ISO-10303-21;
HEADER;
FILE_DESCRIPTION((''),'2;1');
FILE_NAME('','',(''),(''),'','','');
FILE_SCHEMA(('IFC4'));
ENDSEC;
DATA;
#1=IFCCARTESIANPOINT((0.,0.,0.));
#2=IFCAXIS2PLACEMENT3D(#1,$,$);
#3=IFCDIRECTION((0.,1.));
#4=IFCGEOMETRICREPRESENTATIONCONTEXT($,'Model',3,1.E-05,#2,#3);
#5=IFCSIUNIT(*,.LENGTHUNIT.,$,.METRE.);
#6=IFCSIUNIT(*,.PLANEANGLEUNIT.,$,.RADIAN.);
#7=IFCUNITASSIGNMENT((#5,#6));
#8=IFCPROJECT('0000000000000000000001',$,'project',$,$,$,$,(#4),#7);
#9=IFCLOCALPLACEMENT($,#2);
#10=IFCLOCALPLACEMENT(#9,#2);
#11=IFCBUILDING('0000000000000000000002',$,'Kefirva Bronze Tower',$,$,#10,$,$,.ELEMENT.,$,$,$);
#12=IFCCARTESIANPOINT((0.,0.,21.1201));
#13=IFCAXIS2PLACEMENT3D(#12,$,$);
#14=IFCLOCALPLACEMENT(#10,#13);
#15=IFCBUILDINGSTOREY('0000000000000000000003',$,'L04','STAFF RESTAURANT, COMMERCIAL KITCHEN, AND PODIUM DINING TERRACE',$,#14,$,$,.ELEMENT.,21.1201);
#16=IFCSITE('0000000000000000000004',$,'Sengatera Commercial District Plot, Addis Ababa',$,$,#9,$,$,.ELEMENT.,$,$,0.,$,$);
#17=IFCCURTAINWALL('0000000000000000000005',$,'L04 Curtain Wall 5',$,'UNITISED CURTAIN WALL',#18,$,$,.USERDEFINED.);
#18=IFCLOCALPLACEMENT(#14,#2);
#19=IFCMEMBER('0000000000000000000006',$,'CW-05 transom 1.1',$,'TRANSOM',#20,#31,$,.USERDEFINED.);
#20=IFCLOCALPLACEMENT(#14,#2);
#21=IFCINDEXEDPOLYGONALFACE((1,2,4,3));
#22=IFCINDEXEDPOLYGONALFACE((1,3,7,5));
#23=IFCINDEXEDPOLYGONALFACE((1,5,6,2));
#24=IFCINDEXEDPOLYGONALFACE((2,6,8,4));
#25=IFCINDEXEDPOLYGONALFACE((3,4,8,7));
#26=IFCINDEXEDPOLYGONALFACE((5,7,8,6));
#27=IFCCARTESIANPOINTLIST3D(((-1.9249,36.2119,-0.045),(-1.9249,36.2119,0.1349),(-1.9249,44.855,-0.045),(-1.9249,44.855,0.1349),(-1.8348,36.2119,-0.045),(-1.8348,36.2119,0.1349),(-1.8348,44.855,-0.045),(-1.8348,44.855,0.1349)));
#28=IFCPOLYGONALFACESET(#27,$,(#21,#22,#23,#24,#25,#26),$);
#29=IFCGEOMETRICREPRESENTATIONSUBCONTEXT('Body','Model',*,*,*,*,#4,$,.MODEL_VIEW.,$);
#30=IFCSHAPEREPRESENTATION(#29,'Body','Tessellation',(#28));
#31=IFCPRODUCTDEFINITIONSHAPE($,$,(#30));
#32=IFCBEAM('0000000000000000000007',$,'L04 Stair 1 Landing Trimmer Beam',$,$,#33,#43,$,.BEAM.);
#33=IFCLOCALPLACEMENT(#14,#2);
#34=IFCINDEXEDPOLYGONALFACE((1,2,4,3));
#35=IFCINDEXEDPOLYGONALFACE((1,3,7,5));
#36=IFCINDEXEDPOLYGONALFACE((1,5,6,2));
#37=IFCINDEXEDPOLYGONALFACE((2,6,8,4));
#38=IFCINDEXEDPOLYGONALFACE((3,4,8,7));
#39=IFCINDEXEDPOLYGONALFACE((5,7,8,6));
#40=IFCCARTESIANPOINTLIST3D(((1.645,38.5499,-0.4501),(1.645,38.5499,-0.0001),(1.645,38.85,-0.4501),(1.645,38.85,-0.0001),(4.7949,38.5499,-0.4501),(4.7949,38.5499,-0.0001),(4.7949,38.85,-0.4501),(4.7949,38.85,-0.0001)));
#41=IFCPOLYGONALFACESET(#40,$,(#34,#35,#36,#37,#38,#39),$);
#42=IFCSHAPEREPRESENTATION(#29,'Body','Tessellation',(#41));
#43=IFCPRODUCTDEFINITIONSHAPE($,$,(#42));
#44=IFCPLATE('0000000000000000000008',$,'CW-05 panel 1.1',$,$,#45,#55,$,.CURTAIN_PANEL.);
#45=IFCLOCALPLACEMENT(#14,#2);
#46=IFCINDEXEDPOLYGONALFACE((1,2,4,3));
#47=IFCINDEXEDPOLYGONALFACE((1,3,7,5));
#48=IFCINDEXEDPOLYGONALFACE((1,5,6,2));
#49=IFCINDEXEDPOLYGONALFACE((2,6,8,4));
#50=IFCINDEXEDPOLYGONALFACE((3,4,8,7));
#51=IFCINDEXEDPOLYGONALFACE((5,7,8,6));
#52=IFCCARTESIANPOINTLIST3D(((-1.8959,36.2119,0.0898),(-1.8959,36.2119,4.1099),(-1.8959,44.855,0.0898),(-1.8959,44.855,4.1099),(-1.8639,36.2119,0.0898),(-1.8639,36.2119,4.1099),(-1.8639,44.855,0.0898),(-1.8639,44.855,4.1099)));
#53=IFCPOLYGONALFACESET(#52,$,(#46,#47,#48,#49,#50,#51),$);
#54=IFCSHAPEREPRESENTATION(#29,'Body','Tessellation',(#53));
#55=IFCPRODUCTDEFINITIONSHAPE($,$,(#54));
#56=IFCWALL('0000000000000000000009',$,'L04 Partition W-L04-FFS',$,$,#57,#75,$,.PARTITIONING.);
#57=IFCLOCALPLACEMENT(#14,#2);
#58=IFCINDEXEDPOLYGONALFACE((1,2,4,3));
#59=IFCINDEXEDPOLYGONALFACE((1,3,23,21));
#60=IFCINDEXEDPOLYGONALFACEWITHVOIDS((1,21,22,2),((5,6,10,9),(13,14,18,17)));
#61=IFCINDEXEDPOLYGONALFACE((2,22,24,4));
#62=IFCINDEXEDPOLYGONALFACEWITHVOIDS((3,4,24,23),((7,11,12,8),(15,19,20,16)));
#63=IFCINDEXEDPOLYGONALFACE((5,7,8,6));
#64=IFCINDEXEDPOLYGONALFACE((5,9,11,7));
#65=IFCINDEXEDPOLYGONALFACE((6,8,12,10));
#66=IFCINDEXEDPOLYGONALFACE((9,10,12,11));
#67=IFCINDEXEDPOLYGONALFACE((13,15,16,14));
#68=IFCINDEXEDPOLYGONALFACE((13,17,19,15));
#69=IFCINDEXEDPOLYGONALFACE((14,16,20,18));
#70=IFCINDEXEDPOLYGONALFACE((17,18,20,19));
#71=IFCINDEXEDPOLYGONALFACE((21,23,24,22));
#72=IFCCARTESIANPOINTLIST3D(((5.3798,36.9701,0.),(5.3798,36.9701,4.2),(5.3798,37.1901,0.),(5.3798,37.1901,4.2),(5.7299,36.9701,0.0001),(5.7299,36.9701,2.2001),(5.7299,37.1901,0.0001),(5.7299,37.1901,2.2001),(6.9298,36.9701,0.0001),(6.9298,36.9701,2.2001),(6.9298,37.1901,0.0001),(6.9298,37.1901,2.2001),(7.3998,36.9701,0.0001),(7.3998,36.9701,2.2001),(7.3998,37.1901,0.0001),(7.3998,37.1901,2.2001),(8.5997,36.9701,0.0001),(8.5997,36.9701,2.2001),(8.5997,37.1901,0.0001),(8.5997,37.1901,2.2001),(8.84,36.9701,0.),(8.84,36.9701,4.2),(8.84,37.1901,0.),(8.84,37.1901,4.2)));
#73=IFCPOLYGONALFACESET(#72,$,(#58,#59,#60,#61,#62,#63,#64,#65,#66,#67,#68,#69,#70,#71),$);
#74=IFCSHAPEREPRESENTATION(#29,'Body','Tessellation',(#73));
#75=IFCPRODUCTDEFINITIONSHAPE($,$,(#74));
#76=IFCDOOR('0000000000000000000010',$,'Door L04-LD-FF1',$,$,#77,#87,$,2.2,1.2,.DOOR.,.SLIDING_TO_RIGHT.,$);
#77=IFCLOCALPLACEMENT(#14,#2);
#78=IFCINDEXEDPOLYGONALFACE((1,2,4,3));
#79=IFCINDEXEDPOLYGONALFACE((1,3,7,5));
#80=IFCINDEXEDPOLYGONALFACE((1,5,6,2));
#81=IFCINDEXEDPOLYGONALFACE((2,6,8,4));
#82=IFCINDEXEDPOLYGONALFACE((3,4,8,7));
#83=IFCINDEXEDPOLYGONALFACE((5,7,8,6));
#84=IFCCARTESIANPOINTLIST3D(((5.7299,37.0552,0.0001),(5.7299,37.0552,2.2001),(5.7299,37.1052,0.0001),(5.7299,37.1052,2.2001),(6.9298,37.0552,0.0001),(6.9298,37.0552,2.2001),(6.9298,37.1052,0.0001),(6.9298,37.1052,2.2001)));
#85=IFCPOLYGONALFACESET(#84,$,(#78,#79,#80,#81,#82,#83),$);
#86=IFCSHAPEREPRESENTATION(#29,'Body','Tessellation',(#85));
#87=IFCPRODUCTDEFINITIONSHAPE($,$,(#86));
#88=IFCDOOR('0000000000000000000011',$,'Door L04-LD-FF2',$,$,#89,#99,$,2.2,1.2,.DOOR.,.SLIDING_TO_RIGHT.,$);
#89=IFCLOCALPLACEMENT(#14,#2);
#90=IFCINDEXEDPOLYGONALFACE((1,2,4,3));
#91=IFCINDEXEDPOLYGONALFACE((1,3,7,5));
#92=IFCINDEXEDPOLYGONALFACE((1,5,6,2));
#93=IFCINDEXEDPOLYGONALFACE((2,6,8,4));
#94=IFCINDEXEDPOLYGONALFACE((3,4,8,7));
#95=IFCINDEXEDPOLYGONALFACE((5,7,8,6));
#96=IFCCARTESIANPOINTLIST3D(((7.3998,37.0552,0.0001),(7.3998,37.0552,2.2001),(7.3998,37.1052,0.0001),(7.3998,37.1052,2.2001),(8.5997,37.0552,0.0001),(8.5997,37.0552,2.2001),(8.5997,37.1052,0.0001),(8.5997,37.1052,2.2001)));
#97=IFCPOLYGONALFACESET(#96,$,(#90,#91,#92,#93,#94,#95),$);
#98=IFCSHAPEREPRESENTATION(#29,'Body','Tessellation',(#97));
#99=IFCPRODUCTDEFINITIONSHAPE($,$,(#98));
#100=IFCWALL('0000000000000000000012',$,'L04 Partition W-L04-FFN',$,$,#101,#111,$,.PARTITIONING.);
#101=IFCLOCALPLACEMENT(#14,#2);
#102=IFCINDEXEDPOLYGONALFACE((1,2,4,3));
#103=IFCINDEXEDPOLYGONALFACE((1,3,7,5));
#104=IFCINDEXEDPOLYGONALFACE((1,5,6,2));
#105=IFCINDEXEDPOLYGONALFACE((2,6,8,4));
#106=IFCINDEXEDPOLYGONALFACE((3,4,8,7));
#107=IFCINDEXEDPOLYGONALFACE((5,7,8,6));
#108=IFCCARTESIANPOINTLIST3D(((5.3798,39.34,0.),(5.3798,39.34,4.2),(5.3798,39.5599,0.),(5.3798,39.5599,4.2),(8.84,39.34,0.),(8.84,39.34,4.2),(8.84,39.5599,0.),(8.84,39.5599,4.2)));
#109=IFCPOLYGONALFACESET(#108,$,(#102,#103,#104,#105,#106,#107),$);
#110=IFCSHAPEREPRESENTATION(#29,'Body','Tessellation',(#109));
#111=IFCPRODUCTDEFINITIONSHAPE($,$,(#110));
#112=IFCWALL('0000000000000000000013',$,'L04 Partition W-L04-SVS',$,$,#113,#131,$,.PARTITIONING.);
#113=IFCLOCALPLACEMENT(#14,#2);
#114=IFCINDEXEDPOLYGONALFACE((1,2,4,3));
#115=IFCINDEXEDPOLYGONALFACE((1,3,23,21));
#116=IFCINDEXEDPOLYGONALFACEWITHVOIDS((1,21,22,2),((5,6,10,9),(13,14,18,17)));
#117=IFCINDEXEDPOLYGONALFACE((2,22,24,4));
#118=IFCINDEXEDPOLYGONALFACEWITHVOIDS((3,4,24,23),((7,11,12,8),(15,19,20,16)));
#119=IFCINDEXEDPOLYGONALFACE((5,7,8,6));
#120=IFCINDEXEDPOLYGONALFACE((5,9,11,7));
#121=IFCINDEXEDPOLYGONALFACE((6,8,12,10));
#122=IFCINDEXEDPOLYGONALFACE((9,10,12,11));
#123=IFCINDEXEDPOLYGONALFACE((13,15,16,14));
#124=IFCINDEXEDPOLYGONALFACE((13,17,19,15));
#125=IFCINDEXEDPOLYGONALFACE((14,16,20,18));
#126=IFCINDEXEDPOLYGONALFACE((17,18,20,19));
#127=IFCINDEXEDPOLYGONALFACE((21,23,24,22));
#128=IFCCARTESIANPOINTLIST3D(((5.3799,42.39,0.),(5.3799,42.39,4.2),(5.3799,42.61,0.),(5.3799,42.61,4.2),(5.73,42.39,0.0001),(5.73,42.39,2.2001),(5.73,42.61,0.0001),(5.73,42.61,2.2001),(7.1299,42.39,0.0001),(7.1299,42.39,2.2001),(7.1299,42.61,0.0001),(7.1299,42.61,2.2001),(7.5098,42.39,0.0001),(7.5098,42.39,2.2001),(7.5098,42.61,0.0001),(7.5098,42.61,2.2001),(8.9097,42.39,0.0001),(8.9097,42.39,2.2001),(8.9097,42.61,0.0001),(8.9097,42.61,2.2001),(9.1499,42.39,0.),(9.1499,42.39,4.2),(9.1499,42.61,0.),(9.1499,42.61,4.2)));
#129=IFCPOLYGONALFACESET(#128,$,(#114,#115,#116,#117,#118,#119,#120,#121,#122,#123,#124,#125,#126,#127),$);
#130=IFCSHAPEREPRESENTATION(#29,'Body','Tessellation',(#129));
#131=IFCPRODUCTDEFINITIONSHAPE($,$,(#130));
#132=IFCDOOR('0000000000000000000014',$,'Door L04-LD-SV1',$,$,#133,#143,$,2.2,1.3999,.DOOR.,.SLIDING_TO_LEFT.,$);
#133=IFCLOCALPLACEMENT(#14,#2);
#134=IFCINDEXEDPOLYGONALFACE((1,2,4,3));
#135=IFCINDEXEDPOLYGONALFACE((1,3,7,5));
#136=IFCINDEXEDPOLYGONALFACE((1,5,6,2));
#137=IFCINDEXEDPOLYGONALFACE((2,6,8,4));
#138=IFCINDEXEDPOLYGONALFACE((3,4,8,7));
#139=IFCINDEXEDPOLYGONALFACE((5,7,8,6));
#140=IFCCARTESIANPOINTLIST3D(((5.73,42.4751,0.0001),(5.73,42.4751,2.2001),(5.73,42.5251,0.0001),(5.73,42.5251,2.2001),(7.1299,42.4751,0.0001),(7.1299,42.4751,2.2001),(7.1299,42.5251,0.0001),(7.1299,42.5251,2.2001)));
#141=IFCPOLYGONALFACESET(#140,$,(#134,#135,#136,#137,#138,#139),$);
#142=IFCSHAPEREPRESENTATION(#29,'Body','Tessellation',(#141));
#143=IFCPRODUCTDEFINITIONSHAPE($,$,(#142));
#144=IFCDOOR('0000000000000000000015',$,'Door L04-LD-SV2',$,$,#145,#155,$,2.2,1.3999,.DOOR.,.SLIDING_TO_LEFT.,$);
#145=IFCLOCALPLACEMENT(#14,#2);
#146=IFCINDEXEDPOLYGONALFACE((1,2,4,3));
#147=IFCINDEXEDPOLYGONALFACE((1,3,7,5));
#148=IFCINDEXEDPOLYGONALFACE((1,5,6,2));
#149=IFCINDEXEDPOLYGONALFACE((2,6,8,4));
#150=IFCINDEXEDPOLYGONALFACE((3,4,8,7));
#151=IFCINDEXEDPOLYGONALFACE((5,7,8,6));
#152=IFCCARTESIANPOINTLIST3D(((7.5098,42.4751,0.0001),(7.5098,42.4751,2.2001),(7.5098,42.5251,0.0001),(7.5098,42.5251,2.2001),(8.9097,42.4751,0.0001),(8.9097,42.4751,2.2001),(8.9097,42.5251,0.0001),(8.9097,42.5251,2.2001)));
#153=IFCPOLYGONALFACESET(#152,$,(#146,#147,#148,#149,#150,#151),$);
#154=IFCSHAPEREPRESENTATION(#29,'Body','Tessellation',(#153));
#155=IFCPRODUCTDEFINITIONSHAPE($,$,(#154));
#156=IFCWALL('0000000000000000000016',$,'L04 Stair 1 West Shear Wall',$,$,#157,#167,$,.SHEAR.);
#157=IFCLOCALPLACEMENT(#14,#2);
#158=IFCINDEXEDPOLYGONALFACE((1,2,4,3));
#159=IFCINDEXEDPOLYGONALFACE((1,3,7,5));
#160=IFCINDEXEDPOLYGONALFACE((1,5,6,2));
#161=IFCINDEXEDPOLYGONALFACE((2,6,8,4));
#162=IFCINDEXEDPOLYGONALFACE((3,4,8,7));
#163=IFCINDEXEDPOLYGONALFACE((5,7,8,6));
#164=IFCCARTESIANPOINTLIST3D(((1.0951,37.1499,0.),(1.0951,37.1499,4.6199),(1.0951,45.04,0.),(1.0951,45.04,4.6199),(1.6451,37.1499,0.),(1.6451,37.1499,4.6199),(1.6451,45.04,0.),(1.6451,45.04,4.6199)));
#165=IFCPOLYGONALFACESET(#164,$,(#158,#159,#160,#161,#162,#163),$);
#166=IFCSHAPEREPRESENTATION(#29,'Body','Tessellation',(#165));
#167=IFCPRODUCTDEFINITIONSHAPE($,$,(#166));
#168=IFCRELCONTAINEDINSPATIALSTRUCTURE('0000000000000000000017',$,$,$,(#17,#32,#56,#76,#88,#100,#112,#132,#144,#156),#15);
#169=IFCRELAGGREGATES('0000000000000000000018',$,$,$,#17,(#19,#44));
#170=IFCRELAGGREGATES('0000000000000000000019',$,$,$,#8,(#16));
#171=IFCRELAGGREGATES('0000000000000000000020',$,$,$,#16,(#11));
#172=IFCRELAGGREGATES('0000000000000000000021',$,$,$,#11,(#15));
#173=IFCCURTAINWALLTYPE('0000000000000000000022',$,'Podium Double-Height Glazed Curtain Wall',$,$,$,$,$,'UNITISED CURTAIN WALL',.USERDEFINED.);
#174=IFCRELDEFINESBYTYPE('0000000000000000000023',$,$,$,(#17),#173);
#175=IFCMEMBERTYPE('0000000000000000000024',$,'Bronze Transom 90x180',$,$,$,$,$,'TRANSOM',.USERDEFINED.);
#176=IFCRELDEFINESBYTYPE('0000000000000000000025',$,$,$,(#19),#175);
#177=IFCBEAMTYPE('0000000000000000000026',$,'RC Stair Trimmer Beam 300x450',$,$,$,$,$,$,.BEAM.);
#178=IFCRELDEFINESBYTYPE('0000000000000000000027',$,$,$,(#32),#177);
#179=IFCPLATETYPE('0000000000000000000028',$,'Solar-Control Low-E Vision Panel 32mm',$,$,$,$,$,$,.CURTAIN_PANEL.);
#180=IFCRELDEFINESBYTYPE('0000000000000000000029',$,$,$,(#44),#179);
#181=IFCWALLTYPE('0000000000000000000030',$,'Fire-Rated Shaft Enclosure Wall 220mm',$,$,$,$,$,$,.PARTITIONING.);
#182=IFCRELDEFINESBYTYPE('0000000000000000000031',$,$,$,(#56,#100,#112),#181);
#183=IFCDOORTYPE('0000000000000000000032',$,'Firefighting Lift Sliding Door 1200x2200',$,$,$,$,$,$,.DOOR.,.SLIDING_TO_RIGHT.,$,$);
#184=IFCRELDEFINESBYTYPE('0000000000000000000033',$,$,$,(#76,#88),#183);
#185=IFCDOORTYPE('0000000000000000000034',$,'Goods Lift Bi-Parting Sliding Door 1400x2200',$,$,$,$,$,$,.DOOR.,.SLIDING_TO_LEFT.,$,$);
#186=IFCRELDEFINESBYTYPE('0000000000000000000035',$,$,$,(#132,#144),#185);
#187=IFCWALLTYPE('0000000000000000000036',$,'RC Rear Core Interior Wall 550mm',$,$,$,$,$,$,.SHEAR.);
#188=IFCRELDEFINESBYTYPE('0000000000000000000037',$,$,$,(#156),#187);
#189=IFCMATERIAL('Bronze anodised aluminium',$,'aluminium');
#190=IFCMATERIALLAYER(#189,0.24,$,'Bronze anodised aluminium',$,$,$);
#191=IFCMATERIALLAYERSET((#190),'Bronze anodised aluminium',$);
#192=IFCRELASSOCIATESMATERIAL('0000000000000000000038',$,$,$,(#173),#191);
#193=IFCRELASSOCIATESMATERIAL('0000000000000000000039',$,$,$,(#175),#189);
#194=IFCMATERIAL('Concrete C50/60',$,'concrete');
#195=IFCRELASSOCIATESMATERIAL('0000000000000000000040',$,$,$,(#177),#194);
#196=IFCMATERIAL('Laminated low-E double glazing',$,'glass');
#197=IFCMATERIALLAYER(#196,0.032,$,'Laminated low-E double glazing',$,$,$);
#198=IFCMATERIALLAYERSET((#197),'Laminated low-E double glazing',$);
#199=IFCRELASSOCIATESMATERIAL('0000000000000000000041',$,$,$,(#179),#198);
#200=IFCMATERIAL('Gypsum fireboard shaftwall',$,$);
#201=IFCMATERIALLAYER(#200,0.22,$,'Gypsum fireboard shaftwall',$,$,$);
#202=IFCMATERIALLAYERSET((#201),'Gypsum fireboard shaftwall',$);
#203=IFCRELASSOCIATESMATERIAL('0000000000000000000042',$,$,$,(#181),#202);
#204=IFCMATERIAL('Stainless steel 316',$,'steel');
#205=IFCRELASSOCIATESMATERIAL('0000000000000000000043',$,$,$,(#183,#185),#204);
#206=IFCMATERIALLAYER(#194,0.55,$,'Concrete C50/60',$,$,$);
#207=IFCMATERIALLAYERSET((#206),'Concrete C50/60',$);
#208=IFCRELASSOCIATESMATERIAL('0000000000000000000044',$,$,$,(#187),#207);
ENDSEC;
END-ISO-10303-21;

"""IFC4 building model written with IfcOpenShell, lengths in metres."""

from ifc_helpers import new_model, si_unit, direction, frame, frame_2d, origin, origin_2d, place, context, subcontext, project, spatial, rectangle, extrude, material, layer, layer_set, material_profile, profile_set, type_object, element, fill, aggregate, save


model = new_model("IFC4")

# Units and contexts
model_context = context("Model", 3, precision=1e-05, world=origin(), true_north=direction((0.0, 1.0)))
body_context = subcontext(model_context, "Body", "Model", "MODEL_VIEW")
ifc_project = project(units=[si_unit("LENGTHUNIT", "METRE"), si_unit("PLANEANGLEUNIT", "RADIAN")], contexts=[model_context])

# Site, building, storey
site_placement = place(None, origin())
site = spatial("IfcSite", under=ifc_project, at=site_placement, Name="Sengatera Commercial District Plot, Addis Ababa", CompositionType="ELEMENT", RefElevation=0.0)
building_placement = place(site_placement, origin())
building = spatial("IfcBuilding", under=site, at=building_placement, Name="Kefirva Bronze Tower", CompositionType="ELEMENT")
storey_placement = place(building_placement, frame((0.0, 0.0, 21.1201)))
storey = spatial("IfcBuildingStorey", under=building, at=storey_placement, Name="L04", Description="STAFF RESTAURANT, COMMERCIAL KITCHEN, AND PODIUM DINING TERRACE", CompositionType="ELEMENT", Elevation=21.1201)

# Curtain wall, member
ifc_material_1 = material(Name="Bronze anodised aluminium", Category="aluminium")
ifc_layer_1 = layer(ifc_material_1, 0.24, Name="Bronze anodised aluminium")
ifc_layer_set_1 = layer_set([ifc_layer_1], Name="Bronze anodised aluminium")
curtain_wall_type = type_object("IfcCurtainWallType", Name="Podium Double-Height Glazed Curtain Wall", ElementType="UNITISED CURTAIN WALL", PredefinedType="USERDEFINED", material=ifc_layer_set_1)
curtain_wall_placement = place(storey_placement, origin())
curtain_wall = element("IfcCurtainWall", 1, at=curtain_wall_placement, inside=storey, type_object=curtain_wall_type, Name="L04 Curtain Wall 5", ObjectType="UNITISED CURTAIN WALL", PredefinedType="USERDEFINED")
ifc_material_profile_1 = material_profile(ifc_material_1, rectangle(XDim=0.0901, YDim=0.1799, at=origin_2d()), Name="ALU 90x180")
ifc_profile_set_1 = profile_set([ifc_material_profile_1], Name="Bronze anodised aluminium")
member_type = type_object("IfcMemberType", Name="Bronze Transom 90x180", ElementType="TRANSOM", PredefinedType="USERDEFINED", material=ifc_profile_set_1)
member_placement = place(storey_placement, frame((-1.8799, 44.855, 0.0449), z_axis=(0.0, -1.0, 0.0), x_axis=(1.0, 0.0, 0.0)))
member = element("IfcMember", 2, at=member_placement, type_object=member_type, Name="CW-05 transom 1.1", ObjectType="TRANSOM", PredefinedType="USERDEFINED", context=body_context, shape_type="SweptSolid", body=[
    extrude(rectangle(XDim=0.0901, YDim=0.1799, at=origin_2d()), origin(), (0.0, 0.0, 1.0), 8.6431),
])

# Beam
ifc_material_2 = material(Name="Concrete C50/60", Category="concrete")
ifc_material_profile_2 = material_profile(ifc_material_2, rectangle(XDim=0.3, YDim=0.45, at=origin_2d()), Name="RC 300x450")
ifc_profile_set_2 = profile_set([ifc_material_profile_2], Name="Concrete C50/60")
beam_type = type_object("IfcBeamType", Name="RC Stair Trimmer Beam 300x450", PredefinedType="BEAM", material=ifc_profile_set_2)
beam_placement = place(storey_placement, frame((1.645, 38.7, -0.2251), z_axis=(1.0, 0.0, 0.0), x_axis=(0.0, 1.0, 0.0)))
element("IfcBeam", 3, at=beam_placement, inside=storey, type_object=beam_type, Name="L04 Stair 1 Landing Trimmer Beam", PredefinedType="BEAM", context=body_context, shape_type="SweptSolid", body=[
    extrude(rectangle(XDim=0.3, YDim=0.45, at=origin_2d()), origin(), (0.0, 0.0, 1.0), 3.1499),
])

# Plate
ifc_material_3 = material(Name="Laminated low-E double glazing", Category="glass")
ifc_layer_2 = layer(ifc_material_3, 0.032, Name="Laminated low-E double glazing")
ifc_layer_set_2 = layer_set([ifc_layer_2], Name="Laminated low-E double glazing")
plate_type = type_object("IfcPlateType", Name="Solar-Control Low-E Vision Panel 32mm", PredefinedType="CURTAIN_PANEL", material=ifc_layer_set_2)
plate_placement = place(storey_placement, frame((-1.8799, 40.5334, 0.0898), z_axis=(0.0, 0.0, 1.0), x_axis=(0.0, -1.0, 0.0)))
plate = element("IfcPlate", 4, at=plate_placement, type_object=plate_type, Name="CW-05 panel 1.1", PredefinedType="CURTAIN_PANEL", context=body_context, shape_type="SweptSolid", body=[
    extrude(rectangle(XDim=8.6431, YDim=0.032, at=origin_2d()), origin(), (0.0, 0.0, 1.0), 4.02),
])
aggregate(curtain_wall, [member, plate])

# Shared definitions
ifc_material_4 = material(Name="Gypsum fireboard shaftwall")
ifc_layer_3 = layer(ifc_material_4, 0.22, Name="Gypsum fireboard shaftwall")
ifc_layer_set_3 = layer_set([ifc_layer_3], Name="Gypsum fireboard shaftwall")
wall_type_1 = type_object("IfcWallType", Name="Fire-Rated Shaft Enclosure Wall 220mm", PredefinedType="PARTITIONING", material=ifc_layer_set_3)

# Wall, openings, doors
wall_1_placement = place(storey_placement, frame((5.3799, 37.0801, 0.0), z_axis=(0.0, 0.0, 1.0), x_axis=(1.0, 0.0, 0.0)))
wall_1 = element("IfcWall", 5, at=wall_1_placement, inside=storey, type_object=wall_type_1, Name="L04 Partition W-L04-FFS", PredefinedType="PARTITIONING", context=body_context, shape_type="SweptSolid", body=[
    extrude(rectangle(XDim=3.4602, YDim=0.22, at=frame_2d((1.73, 0.0))), origin(), (0.0, 0.0, 1.0), 4.2),
])
opening_1_placement = place(wall_1_placement, frame((1.55, 0.0, 0.0), z_axis=(0.0, 0.0, 1.0), x_axis=(-1.0, 0.0, 0.0)))
opening_1 = element("IfcOpeningElement", 6, at=opening_1_placement, cuts=wall_1, PredefinedType="OPENING", context=body_context, shape_type="SweptSolid", body=[
    extrude(rectangle(XDim=1.2, YDim=2.2, at=frame_2d((0.6001, 1.1001))), frame((0.0, 0.1201, 0.0), z_axis=(0.0, -1.0, 0.0), x_axis=(1.0, 0.0, 0.0)), (0.0, 0.0, 1.0), 0.24),
])
opening_2_placement = place(wall_1_placement, frame((3.22, 0.0, 0.0), z_axis=(0.0, 0.0, 1.0), x_axis=(-1.0, 0.0, 0.0)))
opening_2 = element("IfcOpeningElement", 7, at=opening_2_placement, cuts=wall_1, PredefinedType="OPENING", context=body_context, shape_type="SweptSolid", body=[
    extrude(rectangle(XDim=1.2, YDim=2.2, at=frame_2d((0.6001, 1.1001))), frame((0.0, 0.1201, 0.0), z_axis=(0.0, -1.0, 0.0), x_axis=(1.0, 0.0, 0.0)), (0.0, 0.0, 1.0), 0.24),
])
ifc_material_5 = material(Name="Stainless steel 316", Category="steel")
door_type_1 = type_object("IfcDoorType", Name="Firefighting Lift Sliding Door 1200x2200", OperationType="SLIDING_TO_RIGHT", PredefinedType="DOOR", material=ifc_material_5)
door_1_placement = place(opening_1_placement, origin())
door_1 = element("IfcDoor", 8, at=door_1_placement, inside=storey, type_object=door_type_1, Name="Door L04-LD-FF1", OperationType="SLIDING_TO_RIGHT", OverallHeight=2.2, OverallWidth=1.2, PredefinedType="DOOR", context=body_context, shape_type="SweptSolid", body=[
    extrude(rectangle(XDim=1.2, YDim=2.2, at=frame_2d((0.6001, 1.1001))), frame((0.0, 0.0249, 0.0), z_axis=(0.0, -1.0, 0.0), x_axis=(1.0, 0.0, 0.0)), (0.0, 0.0, 1.0), 0.05),
])
fill(opening_1, door_1)
door_2_placement = place(opening_2_placement, origin())
door_2 = element("IfcDoor", 9, at=door_2_placement, inside=storey, type_object=door_type_1, Name="Door L04-LD-FF2", OperationType="SLIDING_TO_RIGHT", OverallHeight=2.2, OverallWidth=1.2, PredefinedType="DOOR", context=body_context, shape_type="SweptSolid", body=[
    extrude(rectangle(XDim=1.2, YDim=2.2, at=frame_2d((0.6001, 1.1001))), frame((0.0, 0.0249, 0.0), z_axis=(0.0, -1.0, 0.0), x_axis=(1.0, 0.0, 0.0)), (0.0, 0.0, 1.0), 0.05),
])
fill(opening_2, door_2)

# Wall
wall_2_placement = place(storey_placement, frame((5.3799, 39.45, 0.0), z_axis=(0.0, 0.0, 1.0), x_axis=(1.0, 0.0, 0.0)))
element("IfcWall", 10, at=wall_2_placement, inside=storey, type_object=wall_type_1, Name="L04 Partition W-L04-FFN", PredefinedType="PARTITIONING", context=body_context, shape_type="SweptSolid", body=[
    extrude(rectangle(XDim=3.4602, YDim=0.22, at=frame_2d((1.73, 0.0))), origin(), (0.0, 0.0, 1.0), 4.2),
])

# Wall, openings, doors
wall_3_placement = place(storey_placement, frame((5.3799, 42.5, 0.0), z_axis=(0.0, 0.0, 1.0), x_axis=(1.0, 0.0, 0.0)))
wall_3 = element("IfcWall", 11, at=wall_3_placement, inside=storey, type_object=wall_type_1, Name="L04 Partition W-L04-SVS", PredefinedType="PARTITIONING", context=body_context, shape_type="SweptSolid", body=[
    extrude(rectangle(XDim=3.77, YDim=0.22, at=frame_2d((1.885, 0.0))), origin(), (0.0, 0.0, 1.0), 4.2),
])
opening_3_placement = place(wall_3_placement, frame((1.75, 0.0, 0.0), z_axis=(0.0, 0.0, 1.0), x_axis=(-1.0, 0.0, 0.0)))
opening_3 = element("IfcOpeningElement", 12, at=opening_3_placement, cuts=wall_3, PredefinedType="OPENING", context=body_context, shape_type="SweptSolid", body=[
    extrude(rectangle(XDim=1.3999, YDim=2.2, at=frame_2d((0.7, 1.1001))), frame((0.0, 0.1201, 0.0), z_axis=(0.0, -1.0, 0.0), x_axis=(1.0, 0.0, 0.0)), (0.0, 0.0, 1.0), 0.24),
])
opening_4_placement = place(wall_3_placement, frame((3.5298, 0.0, 0.0), z_axis=(0.0, 0.0, 1.0), x_axis=(-1.0, 0.0, 0.0)))
opening_4 = element("IfcOpeningElement", 13, at=opening_4_placement, cuts=wall_3, PredefinedType="OPENING", context=body_context, shape_type="SweptSolid", body=[
    extrude(rectangle(XDim=1.3999, YDim=2.2, at=frame_2d((0.7, 1.1001))), frame((0.0, 0.1201, 0.0), z_axis=(0.0, -1.0, 0.0), x_axis=(1.0, 0.0, 0.0)), (0.0, 0.0, 1.0), 0.24),
])
door_type_2 = type_object("IfcDoorType", Name="Goods Lift Bi-Parting Sliding Door 1400x2200", OperationType="SLIDING_TO_LEFT", PredefinedType="DOOR", material=ifc_material_5)
door_3_placement = place(opening_3_placement, origin())
door_3 = element("IfcDoor", 14, at=door_3_placement, inside=storey, type_object=door_type_2, Name="Door L04-LD-SV1", OperationType="SLIDING_TO_LEFT", OverallHeight=2.2, OverallWidth=1.3999, PredefinedType="DOOR", context=body_context, shape_type="SweptSolid", body=[
    extrude(rectangle(XDim=1.3999, YDim=2.2, at=frame_2d((0.7, 1.1001))), frame((0.0, 0.0249, 0.0), z_axis=(0.0, -1.0, 0.0), x_axis=(1.0, 0.0, 0.0)), (0.0, 0.0, 1.0), 0.05),
])
fill(opening_3, door_3)
door_4_placement = place(opening_4_placement, origin())
door_4 = element("IfcDoor", 15, at=door_4_placement, inside=storey, type_object=door_type_2, Name="Door L04-LD-SV2", OperationType="SLIDING_TO_LEFT", OverallHeight=2.2, OverallWidth=1.3999, PredefinedType="DOOR", context=body_context, shape_type="SweptSolid", body=[
    extrude(rectangle(XDim=1.3999, YDim=2.2, at=frame_2d((0.7, 1.1001))), frame((0.0, 0.0249, 0.0), z_axis=(0.0, -1.0, 0.0), x_axis=(1.0, 0.0, 0.0)), (0.0, 0.0, 1.0), 0.05),
])
fill(opening_4, door_4)

# Wall
ifc_layer_4 = layer(ifc_material_2, 0.55, Name="Concrete C50/60")
ifc_layer_set_4 = layer_set([ifc_layer_4], Name="Concrete C50/60")
wall_type_2 = type_object("IfcWallType", Name="RC Rear Core Interior Wall 550mm", PredefinedType="SHEAR", material=ifc_layer_set_4)
for number, where, z_axis, x_axis, name in (
    (16, (1.3701, 37.1499, 0.0), (0.0, 0.0, 1.0), (0.0, 1.0, 0.0), "L04 Stair 1 West Shear Wall"),
):
    element("IfcWall", number, at=place(storey_placement, frame(where, z_axis=z_axis, x_axis=x_axis)), inside=storey, type_object=wall_type_2, Name=name, PredefinedType="SHEAR", context=body_context, shape_type="SweptSolid", body=[
        extrude(rectangle(XDim=7.8901, YDim=0.55, at=frame_2d((3.9451, 0.0))), origin(), (0.0, 0.0, 1.0), 4.6199),
    ])

save(model, "model.ifc")
